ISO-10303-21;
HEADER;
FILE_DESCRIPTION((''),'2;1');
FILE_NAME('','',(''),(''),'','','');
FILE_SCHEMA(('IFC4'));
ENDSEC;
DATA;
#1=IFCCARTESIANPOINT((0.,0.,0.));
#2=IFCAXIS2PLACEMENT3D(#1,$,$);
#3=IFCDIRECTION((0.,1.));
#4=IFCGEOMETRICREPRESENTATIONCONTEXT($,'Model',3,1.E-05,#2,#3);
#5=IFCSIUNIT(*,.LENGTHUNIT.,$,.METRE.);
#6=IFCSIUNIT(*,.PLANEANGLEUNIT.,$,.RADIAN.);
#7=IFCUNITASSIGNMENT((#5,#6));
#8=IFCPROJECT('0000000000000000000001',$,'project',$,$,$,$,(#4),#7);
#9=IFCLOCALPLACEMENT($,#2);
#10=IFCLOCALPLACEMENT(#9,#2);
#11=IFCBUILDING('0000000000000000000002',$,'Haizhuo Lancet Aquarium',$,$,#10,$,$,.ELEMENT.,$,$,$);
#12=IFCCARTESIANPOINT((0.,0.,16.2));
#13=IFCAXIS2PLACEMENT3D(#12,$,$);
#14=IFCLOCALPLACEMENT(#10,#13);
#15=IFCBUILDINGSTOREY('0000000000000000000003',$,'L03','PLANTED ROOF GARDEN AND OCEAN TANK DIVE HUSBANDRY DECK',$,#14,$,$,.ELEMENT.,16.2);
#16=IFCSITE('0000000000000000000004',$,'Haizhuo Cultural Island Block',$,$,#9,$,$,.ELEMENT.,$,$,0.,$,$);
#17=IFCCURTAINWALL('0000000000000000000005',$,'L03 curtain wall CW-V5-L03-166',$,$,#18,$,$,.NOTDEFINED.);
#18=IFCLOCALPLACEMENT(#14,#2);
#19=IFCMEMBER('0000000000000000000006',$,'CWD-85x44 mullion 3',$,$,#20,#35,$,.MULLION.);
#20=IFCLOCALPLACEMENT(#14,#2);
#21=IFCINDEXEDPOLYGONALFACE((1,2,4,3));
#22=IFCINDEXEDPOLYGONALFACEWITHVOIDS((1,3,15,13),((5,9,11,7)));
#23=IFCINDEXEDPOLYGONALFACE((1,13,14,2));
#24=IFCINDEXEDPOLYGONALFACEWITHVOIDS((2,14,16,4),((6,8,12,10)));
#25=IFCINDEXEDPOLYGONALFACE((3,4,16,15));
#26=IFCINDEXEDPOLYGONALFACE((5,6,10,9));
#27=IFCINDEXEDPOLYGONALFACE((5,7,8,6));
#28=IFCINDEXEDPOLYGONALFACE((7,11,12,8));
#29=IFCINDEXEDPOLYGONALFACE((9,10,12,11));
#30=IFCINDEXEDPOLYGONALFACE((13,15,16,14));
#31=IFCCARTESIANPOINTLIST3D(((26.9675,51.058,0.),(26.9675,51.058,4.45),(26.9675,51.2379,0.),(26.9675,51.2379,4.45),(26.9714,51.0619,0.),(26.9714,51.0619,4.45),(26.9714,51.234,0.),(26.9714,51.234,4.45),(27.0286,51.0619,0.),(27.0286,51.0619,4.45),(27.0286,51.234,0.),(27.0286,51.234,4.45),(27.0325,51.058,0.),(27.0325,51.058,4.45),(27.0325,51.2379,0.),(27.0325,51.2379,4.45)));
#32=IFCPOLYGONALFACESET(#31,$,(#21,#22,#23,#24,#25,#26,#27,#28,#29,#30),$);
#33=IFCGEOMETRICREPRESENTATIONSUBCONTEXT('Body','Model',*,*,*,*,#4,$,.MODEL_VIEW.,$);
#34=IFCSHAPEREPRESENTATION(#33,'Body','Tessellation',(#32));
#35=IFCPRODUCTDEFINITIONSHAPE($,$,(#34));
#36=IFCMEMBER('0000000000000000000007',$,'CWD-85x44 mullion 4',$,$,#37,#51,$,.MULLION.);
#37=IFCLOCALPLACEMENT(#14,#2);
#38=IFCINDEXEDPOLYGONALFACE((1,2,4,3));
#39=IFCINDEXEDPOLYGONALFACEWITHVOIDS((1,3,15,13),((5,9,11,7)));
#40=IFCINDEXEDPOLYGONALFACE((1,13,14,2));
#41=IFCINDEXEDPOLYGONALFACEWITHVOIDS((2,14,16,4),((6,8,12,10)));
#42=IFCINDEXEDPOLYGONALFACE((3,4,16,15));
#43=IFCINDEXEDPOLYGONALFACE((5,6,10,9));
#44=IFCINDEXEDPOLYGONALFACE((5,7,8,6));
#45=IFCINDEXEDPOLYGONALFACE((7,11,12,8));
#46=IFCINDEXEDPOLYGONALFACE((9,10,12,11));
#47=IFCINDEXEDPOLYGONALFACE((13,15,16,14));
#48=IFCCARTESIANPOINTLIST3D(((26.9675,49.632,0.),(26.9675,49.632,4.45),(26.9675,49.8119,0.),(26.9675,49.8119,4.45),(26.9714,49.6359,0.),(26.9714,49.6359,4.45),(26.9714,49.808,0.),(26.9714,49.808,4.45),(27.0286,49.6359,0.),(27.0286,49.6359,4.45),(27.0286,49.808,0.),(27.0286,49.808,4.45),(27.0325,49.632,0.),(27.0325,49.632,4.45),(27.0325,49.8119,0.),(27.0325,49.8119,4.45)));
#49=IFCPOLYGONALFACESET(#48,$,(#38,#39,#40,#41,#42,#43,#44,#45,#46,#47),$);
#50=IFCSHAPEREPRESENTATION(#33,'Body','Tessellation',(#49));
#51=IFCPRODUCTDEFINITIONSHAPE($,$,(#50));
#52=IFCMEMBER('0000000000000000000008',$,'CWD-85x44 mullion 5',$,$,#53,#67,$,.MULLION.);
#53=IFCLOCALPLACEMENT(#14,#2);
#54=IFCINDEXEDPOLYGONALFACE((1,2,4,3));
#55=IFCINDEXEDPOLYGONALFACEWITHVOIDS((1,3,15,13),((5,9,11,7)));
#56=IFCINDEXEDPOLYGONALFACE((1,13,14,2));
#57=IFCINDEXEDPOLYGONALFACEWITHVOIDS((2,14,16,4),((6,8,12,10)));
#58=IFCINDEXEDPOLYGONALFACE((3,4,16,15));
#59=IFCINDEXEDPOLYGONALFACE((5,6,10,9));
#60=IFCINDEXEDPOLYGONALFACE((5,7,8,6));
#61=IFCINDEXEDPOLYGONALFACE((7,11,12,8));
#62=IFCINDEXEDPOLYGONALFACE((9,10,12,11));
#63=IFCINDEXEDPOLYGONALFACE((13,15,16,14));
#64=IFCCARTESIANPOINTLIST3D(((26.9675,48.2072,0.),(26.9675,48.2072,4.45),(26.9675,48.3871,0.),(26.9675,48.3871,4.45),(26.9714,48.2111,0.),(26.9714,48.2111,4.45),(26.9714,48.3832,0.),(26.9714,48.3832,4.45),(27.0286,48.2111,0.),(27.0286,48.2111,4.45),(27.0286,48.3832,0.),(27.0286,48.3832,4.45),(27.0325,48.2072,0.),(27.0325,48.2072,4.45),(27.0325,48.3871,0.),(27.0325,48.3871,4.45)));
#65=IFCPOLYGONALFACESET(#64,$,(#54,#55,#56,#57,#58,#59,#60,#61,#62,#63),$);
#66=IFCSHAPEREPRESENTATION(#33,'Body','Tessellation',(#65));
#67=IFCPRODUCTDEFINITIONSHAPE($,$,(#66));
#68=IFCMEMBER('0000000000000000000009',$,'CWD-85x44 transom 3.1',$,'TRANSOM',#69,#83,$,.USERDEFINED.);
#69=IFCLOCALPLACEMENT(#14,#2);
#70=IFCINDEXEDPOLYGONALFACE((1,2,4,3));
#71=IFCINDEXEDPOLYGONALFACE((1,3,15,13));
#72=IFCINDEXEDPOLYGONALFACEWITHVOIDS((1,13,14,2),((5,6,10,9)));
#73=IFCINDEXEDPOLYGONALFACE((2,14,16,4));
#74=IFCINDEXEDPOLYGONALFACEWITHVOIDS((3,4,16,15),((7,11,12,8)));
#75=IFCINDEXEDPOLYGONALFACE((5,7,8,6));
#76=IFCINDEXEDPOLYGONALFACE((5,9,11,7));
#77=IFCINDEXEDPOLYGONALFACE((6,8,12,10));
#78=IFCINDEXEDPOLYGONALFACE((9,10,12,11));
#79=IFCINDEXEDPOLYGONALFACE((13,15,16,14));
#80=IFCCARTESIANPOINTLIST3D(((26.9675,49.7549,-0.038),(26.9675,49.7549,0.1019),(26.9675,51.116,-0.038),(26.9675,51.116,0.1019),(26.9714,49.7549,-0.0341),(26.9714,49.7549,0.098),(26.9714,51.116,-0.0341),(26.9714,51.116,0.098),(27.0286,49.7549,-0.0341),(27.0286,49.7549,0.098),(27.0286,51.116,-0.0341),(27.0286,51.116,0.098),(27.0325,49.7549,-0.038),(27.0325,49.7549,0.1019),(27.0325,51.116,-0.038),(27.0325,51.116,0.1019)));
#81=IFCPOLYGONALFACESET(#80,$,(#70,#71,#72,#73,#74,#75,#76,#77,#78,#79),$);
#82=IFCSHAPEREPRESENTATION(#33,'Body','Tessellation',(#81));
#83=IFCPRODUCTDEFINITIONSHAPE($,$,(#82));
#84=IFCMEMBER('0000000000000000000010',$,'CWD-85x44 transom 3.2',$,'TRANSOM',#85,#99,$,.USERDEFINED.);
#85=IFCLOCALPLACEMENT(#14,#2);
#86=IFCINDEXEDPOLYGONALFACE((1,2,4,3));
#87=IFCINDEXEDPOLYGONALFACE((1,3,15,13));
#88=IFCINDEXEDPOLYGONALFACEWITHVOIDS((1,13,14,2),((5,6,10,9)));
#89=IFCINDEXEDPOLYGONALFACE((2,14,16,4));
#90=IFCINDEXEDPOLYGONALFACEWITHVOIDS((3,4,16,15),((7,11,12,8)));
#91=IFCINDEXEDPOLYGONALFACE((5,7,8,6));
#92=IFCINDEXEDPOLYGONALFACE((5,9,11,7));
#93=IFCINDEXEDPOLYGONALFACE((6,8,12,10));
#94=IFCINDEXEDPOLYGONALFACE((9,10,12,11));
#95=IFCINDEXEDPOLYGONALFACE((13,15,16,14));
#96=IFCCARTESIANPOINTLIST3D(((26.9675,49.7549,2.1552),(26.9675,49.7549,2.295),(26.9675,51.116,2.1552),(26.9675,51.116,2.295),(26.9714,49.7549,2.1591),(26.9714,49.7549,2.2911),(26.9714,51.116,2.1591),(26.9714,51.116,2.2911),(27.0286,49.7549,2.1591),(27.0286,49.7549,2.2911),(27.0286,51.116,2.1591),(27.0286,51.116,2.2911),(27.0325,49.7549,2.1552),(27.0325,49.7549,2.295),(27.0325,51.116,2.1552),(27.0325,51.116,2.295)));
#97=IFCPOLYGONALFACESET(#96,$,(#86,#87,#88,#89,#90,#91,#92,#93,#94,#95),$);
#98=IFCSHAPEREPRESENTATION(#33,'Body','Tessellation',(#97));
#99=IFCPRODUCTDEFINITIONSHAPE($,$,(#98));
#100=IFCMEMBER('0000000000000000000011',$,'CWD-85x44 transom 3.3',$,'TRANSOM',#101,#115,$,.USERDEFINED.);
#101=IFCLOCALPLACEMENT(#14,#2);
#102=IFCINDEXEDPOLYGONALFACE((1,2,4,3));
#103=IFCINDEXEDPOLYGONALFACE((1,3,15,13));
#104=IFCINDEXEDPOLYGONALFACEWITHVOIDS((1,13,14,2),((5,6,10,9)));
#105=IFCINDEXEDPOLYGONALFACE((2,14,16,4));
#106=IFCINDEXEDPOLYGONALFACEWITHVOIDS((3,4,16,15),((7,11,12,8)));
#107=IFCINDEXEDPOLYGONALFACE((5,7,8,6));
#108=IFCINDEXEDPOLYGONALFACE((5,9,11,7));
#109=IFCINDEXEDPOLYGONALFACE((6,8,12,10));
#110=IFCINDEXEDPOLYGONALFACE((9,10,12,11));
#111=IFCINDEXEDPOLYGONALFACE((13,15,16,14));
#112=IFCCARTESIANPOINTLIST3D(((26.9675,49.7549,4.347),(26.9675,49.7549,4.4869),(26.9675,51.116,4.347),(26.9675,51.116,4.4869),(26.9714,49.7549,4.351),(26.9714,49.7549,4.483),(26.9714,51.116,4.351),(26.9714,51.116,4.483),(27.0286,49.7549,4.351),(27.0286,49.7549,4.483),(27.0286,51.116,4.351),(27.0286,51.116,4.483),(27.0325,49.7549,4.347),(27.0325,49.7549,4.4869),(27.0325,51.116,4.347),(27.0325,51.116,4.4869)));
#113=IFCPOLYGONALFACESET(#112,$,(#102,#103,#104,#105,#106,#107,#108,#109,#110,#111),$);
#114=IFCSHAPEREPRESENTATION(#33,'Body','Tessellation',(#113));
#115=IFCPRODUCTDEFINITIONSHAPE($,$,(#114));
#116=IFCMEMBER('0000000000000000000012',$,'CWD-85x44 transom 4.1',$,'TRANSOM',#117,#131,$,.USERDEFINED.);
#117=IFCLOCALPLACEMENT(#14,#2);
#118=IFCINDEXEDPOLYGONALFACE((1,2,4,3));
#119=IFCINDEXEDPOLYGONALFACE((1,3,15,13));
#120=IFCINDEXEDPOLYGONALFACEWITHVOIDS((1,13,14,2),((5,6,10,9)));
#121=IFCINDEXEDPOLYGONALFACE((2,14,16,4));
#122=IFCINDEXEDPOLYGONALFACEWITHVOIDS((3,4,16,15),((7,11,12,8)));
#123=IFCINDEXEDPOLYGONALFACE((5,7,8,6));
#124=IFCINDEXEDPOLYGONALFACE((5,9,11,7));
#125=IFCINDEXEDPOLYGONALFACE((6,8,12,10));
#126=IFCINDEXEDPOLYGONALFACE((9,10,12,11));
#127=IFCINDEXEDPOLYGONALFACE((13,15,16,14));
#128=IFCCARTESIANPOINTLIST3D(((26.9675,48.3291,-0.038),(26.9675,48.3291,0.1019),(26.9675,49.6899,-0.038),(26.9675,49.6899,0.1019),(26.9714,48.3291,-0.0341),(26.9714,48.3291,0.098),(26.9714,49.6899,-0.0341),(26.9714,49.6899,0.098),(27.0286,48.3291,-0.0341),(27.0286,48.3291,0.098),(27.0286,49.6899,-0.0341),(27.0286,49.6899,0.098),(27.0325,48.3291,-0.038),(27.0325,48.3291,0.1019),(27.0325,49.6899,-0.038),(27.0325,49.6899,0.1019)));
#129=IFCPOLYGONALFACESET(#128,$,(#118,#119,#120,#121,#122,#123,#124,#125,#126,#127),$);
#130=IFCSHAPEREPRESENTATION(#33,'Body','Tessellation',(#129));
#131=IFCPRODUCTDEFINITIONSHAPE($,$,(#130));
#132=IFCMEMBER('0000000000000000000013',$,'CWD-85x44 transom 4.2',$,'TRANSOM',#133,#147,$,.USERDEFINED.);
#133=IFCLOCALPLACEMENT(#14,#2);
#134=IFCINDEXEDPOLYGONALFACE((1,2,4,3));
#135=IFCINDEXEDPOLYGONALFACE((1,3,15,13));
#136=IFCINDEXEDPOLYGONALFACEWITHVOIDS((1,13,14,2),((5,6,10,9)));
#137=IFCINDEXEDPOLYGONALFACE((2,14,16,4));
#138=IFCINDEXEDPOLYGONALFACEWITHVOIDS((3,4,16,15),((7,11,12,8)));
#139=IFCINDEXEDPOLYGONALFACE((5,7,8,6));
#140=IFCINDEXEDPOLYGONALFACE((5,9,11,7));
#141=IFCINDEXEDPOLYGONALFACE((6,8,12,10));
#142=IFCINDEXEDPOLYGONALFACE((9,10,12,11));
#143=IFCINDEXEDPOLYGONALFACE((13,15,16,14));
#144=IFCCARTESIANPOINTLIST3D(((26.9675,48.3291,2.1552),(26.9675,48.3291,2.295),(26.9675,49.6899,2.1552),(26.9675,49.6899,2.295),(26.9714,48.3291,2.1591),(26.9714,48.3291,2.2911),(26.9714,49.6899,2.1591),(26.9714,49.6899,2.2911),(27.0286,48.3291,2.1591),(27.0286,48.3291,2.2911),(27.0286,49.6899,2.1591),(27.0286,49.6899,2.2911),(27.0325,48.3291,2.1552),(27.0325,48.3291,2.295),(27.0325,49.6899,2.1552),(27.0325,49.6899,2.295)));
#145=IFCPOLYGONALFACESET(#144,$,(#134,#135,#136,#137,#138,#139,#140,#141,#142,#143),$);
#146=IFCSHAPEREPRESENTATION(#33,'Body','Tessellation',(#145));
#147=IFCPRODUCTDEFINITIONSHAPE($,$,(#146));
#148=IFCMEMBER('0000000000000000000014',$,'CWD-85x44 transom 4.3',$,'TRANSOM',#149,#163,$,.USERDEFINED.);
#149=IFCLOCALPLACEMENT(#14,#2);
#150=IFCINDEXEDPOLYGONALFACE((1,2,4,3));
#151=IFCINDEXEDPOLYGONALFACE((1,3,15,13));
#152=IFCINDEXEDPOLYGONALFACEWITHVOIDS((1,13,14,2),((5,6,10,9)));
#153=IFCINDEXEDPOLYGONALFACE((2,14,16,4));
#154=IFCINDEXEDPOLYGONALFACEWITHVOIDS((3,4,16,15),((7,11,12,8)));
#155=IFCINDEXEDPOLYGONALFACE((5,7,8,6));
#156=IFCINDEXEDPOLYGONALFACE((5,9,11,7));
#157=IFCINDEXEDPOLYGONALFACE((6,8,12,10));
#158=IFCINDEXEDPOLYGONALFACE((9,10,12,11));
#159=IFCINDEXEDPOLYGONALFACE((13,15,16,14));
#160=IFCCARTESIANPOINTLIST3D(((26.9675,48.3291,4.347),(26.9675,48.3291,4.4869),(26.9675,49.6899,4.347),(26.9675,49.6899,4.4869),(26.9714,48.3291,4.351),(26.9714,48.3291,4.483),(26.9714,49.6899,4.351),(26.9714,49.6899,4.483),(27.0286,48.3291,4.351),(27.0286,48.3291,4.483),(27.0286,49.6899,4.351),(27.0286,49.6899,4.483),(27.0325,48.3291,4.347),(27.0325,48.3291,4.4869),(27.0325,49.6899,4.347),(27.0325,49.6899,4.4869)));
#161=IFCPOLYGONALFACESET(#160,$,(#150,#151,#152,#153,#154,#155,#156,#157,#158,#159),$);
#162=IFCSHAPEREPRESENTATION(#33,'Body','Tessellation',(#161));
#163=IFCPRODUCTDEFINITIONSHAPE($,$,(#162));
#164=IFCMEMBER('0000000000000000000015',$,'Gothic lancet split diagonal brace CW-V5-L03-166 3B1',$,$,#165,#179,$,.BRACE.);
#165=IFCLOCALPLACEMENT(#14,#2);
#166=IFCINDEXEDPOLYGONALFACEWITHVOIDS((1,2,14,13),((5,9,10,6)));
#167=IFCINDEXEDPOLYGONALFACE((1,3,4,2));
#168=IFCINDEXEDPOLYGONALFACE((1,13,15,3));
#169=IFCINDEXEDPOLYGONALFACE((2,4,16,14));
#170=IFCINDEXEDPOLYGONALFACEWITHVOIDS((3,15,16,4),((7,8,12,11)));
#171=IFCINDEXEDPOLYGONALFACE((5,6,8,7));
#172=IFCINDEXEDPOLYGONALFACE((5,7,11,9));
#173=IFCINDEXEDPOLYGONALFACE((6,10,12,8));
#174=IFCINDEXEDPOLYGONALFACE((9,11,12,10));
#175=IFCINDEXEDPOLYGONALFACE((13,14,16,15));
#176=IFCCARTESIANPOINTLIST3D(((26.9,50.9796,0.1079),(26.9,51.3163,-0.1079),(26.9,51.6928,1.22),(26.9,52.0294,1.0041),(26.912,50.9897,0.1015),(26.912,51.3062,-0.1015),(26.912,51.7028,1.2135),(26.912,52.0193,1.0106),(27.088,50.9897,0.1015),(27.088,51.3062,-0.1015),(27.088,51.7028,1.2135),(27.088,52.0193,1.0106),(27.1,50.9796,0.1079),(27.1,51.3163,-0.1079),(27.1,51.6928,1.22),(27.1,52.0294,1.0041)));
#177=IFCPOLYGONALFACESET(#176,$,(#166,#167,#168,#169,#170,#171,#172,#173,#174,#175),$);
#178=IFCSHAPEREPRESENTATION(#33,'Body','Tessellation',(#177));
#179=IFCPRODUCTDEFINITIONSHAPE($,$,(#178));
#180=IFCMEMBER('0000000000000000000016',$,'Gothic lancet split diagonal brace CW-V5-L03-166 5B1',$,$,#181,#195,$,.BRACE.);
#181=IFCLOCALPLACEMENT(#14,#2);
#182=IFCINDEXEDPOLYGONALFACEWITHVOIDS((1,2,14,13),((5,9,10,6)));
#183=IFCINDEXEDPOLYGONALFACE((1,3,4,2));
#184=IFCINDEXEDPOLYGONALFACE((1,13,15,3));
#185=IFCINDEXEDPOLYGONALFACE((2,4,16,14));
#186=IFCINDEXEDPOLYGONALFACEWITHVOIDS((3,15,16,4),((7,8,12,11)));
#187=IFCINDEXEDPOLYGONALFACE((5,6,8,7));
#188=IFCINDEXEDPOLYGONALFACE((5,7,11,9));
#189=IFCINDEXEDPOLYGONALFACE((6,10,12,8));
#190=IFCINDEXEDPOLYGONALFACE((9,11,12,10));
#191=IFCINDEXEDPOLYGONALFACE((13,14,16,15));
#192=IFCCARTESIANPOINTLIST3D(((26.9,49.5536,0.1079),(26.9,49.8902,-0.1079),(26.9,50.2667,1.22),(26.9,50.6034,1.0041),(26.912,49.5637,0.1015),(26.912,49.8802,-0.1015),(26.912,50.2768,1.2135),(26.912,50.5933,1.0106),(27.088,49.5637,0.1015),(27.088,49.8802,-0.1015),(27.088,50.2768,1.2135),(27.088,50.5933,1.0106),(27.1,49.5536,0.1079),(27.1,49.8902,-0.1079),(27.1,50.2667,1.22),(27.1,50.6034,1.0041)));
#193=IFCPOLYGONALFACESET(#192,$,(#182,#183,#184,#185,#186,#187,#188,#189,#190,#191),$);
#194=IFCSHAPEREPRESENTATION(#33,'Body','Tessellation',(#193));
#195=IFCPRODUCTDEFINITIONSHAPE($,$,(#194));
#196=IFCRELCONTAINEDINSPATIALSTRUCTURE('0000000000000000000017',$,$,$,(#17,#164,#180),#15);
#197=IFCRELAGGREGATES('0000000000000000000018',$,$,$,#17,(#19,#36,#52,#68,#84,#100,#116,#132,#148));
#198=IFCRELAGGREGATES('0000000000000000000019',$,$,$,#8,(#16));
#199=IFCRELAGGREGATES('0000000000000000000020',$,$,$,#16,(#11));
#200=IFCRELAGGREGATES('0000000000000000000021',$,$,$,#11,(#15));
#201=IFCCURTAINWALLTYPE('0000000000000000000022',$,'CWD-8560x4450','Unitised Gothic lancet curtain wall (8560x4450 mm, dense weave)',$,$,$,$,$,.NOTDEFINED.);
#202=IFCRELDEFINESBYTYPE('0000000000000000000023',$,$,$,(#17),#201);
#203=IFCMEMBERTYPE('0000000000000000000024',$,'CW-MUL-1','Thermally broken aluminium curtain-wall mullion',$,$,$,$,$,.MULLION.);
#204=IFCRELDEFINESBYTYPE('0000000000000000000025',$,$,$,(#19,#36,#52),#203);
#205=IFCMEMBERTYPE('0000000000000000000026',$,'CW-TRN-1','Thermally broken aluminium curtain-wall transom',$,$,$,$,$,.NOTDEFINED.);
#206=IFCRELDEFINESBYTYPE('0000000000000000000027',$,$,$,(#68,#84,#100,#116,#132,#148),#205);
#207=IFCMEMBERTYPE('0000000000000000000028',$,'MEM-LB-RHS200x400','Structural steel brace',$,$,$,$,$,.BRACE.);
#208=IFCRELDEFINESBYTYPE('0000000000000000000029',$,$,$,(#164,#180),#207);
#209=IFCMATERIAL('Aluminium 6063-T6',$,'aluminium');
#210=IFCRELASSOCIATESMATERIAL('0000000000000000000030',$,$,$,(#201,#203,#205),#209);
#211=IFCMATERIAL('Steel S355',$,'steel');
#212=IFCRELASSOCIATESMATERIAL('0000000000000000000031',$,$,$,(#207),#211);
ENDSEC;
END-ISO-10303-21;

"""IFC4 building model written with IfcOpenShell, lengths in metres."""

from ifc_helpers import new_model, si_unit, direction, frame, origin, origin_2d, place, context, subcontext, project, spatial, hollow_rectangle, extrude, material, material_profile, profile_set, type_object, element, aggregate, save


model = new_model("IFC4")

# Units and contexts
model_context = context("Model", 3, precision=1e-05, world=origin(), true_north=direction((0.0, 1.0)))
body_context = subcontext(model_context, "Body", "Model", "MODEL_VIEW")
ifc_project = project(units=[si_unit("LENGTHUNIT", "METRE"), si_unit("PLANEANGLEUNIT", "RADIAN")], contexts=[model_context])

# Site, building, storey
site_placement = place(None, origin())
site = spatial("IfcSite", under=ifc_project, at=site_placement, Name="Haizhuo Cultural Island Block", CompositionType="ELEMENT", RefElevation=0.0)
building_placement = place(site_placement, origin())
building = spatial("IfcBuilding", under=site, at=building_placement, Name="Haizhuo Lancet Aquarium", CompositionType="ELEMENT")
storey_placement = place(building_placement, frame((0.0, 0.0, 16.2)))
storey = spatial("IfcBuildingStorey", under=building, at=storey_placement, Name="L03", Description="PLANTED ROOF GARDEN AND OCEAN TANK DIVE HUSBANDRY DECK", CompositionType="ELEMENT", Elevation=16.2)

# Curtain wall, members
ifc_material_1 = material(Name="Aluminium 6063-T6", Category="aluminium")
curtain_wall_type = type_object("IfcCurtainWallType", Name="CWD-8560x4450", Description="Unitised Gothic lancet curtain wall (8560x4450 mm, dense weave)", PredefinedType="NOTDEFINED", material=ifc_material_1)
curtain_wall_placement = place(storey_placement, origin())
curtain_wall = element("IfcCurtainWall", 1, at=curtain_wall_placement, inside=storey, type_object=curtain_wall_type, Name="L03 curtain wall CW-V5-L03-166", PredefinedType="NOTDEFINED")
ifc_material_profile_1 = material_profile(ifc_material_1, hollow_rectangle(XDim=0.0649, YDim=0.1799, WallThickness=0.0039, at=origin_2d()), Name="ALU-M 65x180x4")
ifc_profile_set_1 = profile_set([ifc_material_profile_1], Name="Aluminium 6063-T6")
member_type_1 = type_object("IfcMemberType", Name="CW-MUL-1", Description="Thermally broken aluminium curtain-wall mullion", PredefinedType="MULLION", material=ifc_profile_set_1)
member_1_placement = place(storey_placement, frame((27.0, 51.1479, 0.0), z_axis=(0.0, 0.0, 1.0), x_axis=(1.0, 0.0, 0.0)))
member_1 = element("IfcMember", 2, at=member_1_placement, type_object=member_type_1, Name="CWD-85x44 mullion 3", PredefinedType="MULLION", context=body_context, shape_type="SweptSolid", body=[
    extrude(hollow_rectangle(XDim=0.0649, YDim=0.1799, WallThickness=0.0039, at=origin_2d()), origin(), (0.0, 0.0, 1.0), 4.45),
])
member_2_placement = place(storey_placement, frame((27.0, 49.7219, 0.0), z_axis=(0.0, 0.0, 1.0), x_axis=(1.0, 0.0, 0.0)))
member_2 = element("IfcMember", 3, at=member_2_placement, type_object=member_type_1, Name="CWD-85x44 mullion 4", PredefinedType="MULLION", context=body_context, shape_type="SweptSolid", body=[
    extrude(hollow_rectangle(XDim=0.0649, YDim=0.1799, WallThickness=0.0039, at=origin_2d()), origin(), (0.0, 0.0, 1.0), 4.45),
])
member_3_placement = place(storey_placement, frame((27.0, 48.2971, 0.0), z_axis=(0.0, 0.0, 1.0), x_axis=(1.0, 0.0, 0.0)))
member_3 = element("IfcMember", 4, at=member_3_placement, type_object=member_type_1, Name="CWD-85x44 mullion 5", PredefinedType="MULLION", context=body_context, shape_type="SweptSolid", body=[
    extrude(hollow_rectangle(XDim=0.0649, YDim=0.1799, WallThickness=0.0039, at=origin_2d()), origin(), (0.0, 0.0, 1.0), 4.45),
])
ifc_material_profile_2 = material_profile(ifc_material_1, hollow_rectangle(XDim=0.0649, YDim=0.1399, WallThickness=0.0039, at=origin_2d()), Name="ALU-T 65x140x4")
ifc_profile_set_2 = profile_set([ifc_material_profile_2], Name="Aluminium 6063-T6")
member_type_2 = type_object("IfcMemberType", Name="CW-TRN-1", Description="Thermally broken aluminium curtain-wall transom", PredefinedType="NOTDEFINED", material=ifc_profile_set_2)
member_4_placement = place(storey_placement, frame((27.0, 51.116, 0.032), z_axis=(0.0, -1.0, 0.0), x_axis=(1.0, 0.0, 0.0)))
member_4 = element("IfcMember", 5, at=member_4_placement, type_object=member_type_2, Name="CWD-85x44 transom 3.1", ObjectType="TRANSOM", PredefinedType="USERDEFINED", context=body_context, shape_type="SweptSolid", body=[
    extrude(hollow_rectangle(XDim=0.0649, YDim=0.1399, WallThickness=0.0039, at=origin_2d()), origin(), (0.0, 0.0, 1.0), 1.3611),
])
member_5_placement = place(storey_placement, frame((27.0, 51.116, 2.2251), z_axis=(0.0, -1.0, 0.0), x_axis=(1.0, 0.0, 0.0)))
member_5 = element("IfcMember", 6, at=member_5_placement, type_object=member_type_2, Name="CWD-85x44 transom 3.2", ObjectType="TRANSOM", PredefinedType="USERDEFINED", context=body_context, shape_type="SweptSolid", body=[
    extrude(hollow_rectangle(XDim=0.0649, YDim=0.1399, WallThickness=0.0039, at=origin_2d()), origin(), (0.0, 0.0, 1.0), 1.3611),
])
member_6_placement = place(storey_placement, frame((27.0, 51.116, 4.417), z_axis=(0.0, -1.0, 0.0), x_axis=(1.0, 0.0, 0.0)))
member_6 = element("IfcMember", 7, at=member_6_placement, type_object=member_type_2, Name="CWD-85x44 transom 3.3", ObjectType="TRANSOM", PredefinedType="USERDEFINED", context=body_context, shape_type="SweptSolid", body=[
    extrude(hollow_rectangle(XDim=0.0649, YDim=0.1399, WallThickness=0.0039, at=origin_2d()), origin(), (0.0, 0.0, 1.0), 1.3611),
])
member_7_placement = place(storey_placement, frame((27.0, 49.6899, 0.032), z_axis=(0.0, -1.0, 0.0), x_axis=(1.0, 0.0, 0.0)))
member_7 = element("IfcMember", 8, at=member_7_placement, type_object=member_type_2, Name="CWD-85x44 transom 4.1", ObjectType="TRANSOM", PredefinedType="USERDEFINED", context=body_context, shape_type="SweptSolid", body=[
    extrude(hollow_rectangle(XDim=0.0649, YDim=0.1399, WallThickness=0.0039, at=origin_2d()), origin(), (0.0, 0.0, 1.0), 1.3608),
])
member_8_placement = place(storey_placement, frame((27.0, 49.6899, 2.2251), z_axis=(0.0, -1.0, 0.0), x_axis=(1.0, 0.0, 0.0)))
member_8 = element("IfcMember", 9, at=member_8_placement, type_object=member_type_2, Name="CWD-85x44 transom 4.2", ObjectType="TRANSOM", PredefinedType="USERDEFINED", context=body_context, shape_type="SweptSolid", body=[
    extrude(hollow_rectangle(XDim=0.0649, YDim=0.1399, WallThickness=0.0039, at=origin_2d()), origin(), (0.0, 0.0, 1.0), 1.3608),
])
member_9_placement = place(storey_placement, frame((27.0, 49.6899, 4.417), z_axis=(0.0, -1.0, 0.0), x_axis=(1.0, 0.0, 0.0)))
member_9 = element("IfcMember", 10, at=member_9_placement, type_object=member_type_2, Name="CWD-85x44 transom 4.3", ObjectType="TRANSOM", PredefinedType="USERDEFINED", context=body_context, shape_type="SweptSolid", body=[
    extrude(hollow_rectangle(XDim=0.0649, YDim=0.1399, WallThickness=0.0039, at=origin_2d()), origin(), (0.0, 0.0, 1.0), 1.3608),
])

# Members
ifc_material_2 = material(Name="Steel S355", Category="steel")
ifc_material_profile_3 = material_profile(ifc_material_2, hollow_rectangle(XDim=0.2, YDim=0.3999, WallThickness=0.012, at=origin_2d()), Name="RHS 200x400x12")
ifc_profile_set_3 = profile_set([ifc_material_profile_3], Name="Steel S355")
member_type_3 = type_object("IfcMemberType", Name="MEM-LB-RHS200x400", Description="Structural steel brace", PredefinedType="BRACE", material=ifc_profile_set_3)
for number, where, z_axis, x_axis, name in (
    (11, (27.0, 51.1479, 0.0), (0.0, 0.539814, 0.841784), (-1.0, 0.0, 0.0), "Gothic lancet split diagonal brace CW-V5-L03-166 3B1"),
    (12, (27.0, 49.7219, 0.0), (0.0, 0.539814, 0.841784), (-1.0, 0.0, 0.0), "Gothic lancet split diagonal brace CW-V5-L03-166 5B1"),
):
    element("IfcMember", number, at=place(storey_placement, frame(where, z_axis=z_axis, x_axis=x_axis)), inside=storey, type_object=member_type_3, Name=name, PredefinedType="BRACE", context=body_context, shape_type="SweptSolid", body=[
        extrude(hollow_rectangle(XDim=0.2, YDim=0.3999, WallThickness=0.012, at=origin_2d()), origin(), (0.0, 0.0, 1.0), 1.321),
    ])

aggregate(curtain_wall, [member_1, member_2, member_3, member_4, member_5, member_6, member_7, member_8, member_9])

save(model, "model.ifc")
